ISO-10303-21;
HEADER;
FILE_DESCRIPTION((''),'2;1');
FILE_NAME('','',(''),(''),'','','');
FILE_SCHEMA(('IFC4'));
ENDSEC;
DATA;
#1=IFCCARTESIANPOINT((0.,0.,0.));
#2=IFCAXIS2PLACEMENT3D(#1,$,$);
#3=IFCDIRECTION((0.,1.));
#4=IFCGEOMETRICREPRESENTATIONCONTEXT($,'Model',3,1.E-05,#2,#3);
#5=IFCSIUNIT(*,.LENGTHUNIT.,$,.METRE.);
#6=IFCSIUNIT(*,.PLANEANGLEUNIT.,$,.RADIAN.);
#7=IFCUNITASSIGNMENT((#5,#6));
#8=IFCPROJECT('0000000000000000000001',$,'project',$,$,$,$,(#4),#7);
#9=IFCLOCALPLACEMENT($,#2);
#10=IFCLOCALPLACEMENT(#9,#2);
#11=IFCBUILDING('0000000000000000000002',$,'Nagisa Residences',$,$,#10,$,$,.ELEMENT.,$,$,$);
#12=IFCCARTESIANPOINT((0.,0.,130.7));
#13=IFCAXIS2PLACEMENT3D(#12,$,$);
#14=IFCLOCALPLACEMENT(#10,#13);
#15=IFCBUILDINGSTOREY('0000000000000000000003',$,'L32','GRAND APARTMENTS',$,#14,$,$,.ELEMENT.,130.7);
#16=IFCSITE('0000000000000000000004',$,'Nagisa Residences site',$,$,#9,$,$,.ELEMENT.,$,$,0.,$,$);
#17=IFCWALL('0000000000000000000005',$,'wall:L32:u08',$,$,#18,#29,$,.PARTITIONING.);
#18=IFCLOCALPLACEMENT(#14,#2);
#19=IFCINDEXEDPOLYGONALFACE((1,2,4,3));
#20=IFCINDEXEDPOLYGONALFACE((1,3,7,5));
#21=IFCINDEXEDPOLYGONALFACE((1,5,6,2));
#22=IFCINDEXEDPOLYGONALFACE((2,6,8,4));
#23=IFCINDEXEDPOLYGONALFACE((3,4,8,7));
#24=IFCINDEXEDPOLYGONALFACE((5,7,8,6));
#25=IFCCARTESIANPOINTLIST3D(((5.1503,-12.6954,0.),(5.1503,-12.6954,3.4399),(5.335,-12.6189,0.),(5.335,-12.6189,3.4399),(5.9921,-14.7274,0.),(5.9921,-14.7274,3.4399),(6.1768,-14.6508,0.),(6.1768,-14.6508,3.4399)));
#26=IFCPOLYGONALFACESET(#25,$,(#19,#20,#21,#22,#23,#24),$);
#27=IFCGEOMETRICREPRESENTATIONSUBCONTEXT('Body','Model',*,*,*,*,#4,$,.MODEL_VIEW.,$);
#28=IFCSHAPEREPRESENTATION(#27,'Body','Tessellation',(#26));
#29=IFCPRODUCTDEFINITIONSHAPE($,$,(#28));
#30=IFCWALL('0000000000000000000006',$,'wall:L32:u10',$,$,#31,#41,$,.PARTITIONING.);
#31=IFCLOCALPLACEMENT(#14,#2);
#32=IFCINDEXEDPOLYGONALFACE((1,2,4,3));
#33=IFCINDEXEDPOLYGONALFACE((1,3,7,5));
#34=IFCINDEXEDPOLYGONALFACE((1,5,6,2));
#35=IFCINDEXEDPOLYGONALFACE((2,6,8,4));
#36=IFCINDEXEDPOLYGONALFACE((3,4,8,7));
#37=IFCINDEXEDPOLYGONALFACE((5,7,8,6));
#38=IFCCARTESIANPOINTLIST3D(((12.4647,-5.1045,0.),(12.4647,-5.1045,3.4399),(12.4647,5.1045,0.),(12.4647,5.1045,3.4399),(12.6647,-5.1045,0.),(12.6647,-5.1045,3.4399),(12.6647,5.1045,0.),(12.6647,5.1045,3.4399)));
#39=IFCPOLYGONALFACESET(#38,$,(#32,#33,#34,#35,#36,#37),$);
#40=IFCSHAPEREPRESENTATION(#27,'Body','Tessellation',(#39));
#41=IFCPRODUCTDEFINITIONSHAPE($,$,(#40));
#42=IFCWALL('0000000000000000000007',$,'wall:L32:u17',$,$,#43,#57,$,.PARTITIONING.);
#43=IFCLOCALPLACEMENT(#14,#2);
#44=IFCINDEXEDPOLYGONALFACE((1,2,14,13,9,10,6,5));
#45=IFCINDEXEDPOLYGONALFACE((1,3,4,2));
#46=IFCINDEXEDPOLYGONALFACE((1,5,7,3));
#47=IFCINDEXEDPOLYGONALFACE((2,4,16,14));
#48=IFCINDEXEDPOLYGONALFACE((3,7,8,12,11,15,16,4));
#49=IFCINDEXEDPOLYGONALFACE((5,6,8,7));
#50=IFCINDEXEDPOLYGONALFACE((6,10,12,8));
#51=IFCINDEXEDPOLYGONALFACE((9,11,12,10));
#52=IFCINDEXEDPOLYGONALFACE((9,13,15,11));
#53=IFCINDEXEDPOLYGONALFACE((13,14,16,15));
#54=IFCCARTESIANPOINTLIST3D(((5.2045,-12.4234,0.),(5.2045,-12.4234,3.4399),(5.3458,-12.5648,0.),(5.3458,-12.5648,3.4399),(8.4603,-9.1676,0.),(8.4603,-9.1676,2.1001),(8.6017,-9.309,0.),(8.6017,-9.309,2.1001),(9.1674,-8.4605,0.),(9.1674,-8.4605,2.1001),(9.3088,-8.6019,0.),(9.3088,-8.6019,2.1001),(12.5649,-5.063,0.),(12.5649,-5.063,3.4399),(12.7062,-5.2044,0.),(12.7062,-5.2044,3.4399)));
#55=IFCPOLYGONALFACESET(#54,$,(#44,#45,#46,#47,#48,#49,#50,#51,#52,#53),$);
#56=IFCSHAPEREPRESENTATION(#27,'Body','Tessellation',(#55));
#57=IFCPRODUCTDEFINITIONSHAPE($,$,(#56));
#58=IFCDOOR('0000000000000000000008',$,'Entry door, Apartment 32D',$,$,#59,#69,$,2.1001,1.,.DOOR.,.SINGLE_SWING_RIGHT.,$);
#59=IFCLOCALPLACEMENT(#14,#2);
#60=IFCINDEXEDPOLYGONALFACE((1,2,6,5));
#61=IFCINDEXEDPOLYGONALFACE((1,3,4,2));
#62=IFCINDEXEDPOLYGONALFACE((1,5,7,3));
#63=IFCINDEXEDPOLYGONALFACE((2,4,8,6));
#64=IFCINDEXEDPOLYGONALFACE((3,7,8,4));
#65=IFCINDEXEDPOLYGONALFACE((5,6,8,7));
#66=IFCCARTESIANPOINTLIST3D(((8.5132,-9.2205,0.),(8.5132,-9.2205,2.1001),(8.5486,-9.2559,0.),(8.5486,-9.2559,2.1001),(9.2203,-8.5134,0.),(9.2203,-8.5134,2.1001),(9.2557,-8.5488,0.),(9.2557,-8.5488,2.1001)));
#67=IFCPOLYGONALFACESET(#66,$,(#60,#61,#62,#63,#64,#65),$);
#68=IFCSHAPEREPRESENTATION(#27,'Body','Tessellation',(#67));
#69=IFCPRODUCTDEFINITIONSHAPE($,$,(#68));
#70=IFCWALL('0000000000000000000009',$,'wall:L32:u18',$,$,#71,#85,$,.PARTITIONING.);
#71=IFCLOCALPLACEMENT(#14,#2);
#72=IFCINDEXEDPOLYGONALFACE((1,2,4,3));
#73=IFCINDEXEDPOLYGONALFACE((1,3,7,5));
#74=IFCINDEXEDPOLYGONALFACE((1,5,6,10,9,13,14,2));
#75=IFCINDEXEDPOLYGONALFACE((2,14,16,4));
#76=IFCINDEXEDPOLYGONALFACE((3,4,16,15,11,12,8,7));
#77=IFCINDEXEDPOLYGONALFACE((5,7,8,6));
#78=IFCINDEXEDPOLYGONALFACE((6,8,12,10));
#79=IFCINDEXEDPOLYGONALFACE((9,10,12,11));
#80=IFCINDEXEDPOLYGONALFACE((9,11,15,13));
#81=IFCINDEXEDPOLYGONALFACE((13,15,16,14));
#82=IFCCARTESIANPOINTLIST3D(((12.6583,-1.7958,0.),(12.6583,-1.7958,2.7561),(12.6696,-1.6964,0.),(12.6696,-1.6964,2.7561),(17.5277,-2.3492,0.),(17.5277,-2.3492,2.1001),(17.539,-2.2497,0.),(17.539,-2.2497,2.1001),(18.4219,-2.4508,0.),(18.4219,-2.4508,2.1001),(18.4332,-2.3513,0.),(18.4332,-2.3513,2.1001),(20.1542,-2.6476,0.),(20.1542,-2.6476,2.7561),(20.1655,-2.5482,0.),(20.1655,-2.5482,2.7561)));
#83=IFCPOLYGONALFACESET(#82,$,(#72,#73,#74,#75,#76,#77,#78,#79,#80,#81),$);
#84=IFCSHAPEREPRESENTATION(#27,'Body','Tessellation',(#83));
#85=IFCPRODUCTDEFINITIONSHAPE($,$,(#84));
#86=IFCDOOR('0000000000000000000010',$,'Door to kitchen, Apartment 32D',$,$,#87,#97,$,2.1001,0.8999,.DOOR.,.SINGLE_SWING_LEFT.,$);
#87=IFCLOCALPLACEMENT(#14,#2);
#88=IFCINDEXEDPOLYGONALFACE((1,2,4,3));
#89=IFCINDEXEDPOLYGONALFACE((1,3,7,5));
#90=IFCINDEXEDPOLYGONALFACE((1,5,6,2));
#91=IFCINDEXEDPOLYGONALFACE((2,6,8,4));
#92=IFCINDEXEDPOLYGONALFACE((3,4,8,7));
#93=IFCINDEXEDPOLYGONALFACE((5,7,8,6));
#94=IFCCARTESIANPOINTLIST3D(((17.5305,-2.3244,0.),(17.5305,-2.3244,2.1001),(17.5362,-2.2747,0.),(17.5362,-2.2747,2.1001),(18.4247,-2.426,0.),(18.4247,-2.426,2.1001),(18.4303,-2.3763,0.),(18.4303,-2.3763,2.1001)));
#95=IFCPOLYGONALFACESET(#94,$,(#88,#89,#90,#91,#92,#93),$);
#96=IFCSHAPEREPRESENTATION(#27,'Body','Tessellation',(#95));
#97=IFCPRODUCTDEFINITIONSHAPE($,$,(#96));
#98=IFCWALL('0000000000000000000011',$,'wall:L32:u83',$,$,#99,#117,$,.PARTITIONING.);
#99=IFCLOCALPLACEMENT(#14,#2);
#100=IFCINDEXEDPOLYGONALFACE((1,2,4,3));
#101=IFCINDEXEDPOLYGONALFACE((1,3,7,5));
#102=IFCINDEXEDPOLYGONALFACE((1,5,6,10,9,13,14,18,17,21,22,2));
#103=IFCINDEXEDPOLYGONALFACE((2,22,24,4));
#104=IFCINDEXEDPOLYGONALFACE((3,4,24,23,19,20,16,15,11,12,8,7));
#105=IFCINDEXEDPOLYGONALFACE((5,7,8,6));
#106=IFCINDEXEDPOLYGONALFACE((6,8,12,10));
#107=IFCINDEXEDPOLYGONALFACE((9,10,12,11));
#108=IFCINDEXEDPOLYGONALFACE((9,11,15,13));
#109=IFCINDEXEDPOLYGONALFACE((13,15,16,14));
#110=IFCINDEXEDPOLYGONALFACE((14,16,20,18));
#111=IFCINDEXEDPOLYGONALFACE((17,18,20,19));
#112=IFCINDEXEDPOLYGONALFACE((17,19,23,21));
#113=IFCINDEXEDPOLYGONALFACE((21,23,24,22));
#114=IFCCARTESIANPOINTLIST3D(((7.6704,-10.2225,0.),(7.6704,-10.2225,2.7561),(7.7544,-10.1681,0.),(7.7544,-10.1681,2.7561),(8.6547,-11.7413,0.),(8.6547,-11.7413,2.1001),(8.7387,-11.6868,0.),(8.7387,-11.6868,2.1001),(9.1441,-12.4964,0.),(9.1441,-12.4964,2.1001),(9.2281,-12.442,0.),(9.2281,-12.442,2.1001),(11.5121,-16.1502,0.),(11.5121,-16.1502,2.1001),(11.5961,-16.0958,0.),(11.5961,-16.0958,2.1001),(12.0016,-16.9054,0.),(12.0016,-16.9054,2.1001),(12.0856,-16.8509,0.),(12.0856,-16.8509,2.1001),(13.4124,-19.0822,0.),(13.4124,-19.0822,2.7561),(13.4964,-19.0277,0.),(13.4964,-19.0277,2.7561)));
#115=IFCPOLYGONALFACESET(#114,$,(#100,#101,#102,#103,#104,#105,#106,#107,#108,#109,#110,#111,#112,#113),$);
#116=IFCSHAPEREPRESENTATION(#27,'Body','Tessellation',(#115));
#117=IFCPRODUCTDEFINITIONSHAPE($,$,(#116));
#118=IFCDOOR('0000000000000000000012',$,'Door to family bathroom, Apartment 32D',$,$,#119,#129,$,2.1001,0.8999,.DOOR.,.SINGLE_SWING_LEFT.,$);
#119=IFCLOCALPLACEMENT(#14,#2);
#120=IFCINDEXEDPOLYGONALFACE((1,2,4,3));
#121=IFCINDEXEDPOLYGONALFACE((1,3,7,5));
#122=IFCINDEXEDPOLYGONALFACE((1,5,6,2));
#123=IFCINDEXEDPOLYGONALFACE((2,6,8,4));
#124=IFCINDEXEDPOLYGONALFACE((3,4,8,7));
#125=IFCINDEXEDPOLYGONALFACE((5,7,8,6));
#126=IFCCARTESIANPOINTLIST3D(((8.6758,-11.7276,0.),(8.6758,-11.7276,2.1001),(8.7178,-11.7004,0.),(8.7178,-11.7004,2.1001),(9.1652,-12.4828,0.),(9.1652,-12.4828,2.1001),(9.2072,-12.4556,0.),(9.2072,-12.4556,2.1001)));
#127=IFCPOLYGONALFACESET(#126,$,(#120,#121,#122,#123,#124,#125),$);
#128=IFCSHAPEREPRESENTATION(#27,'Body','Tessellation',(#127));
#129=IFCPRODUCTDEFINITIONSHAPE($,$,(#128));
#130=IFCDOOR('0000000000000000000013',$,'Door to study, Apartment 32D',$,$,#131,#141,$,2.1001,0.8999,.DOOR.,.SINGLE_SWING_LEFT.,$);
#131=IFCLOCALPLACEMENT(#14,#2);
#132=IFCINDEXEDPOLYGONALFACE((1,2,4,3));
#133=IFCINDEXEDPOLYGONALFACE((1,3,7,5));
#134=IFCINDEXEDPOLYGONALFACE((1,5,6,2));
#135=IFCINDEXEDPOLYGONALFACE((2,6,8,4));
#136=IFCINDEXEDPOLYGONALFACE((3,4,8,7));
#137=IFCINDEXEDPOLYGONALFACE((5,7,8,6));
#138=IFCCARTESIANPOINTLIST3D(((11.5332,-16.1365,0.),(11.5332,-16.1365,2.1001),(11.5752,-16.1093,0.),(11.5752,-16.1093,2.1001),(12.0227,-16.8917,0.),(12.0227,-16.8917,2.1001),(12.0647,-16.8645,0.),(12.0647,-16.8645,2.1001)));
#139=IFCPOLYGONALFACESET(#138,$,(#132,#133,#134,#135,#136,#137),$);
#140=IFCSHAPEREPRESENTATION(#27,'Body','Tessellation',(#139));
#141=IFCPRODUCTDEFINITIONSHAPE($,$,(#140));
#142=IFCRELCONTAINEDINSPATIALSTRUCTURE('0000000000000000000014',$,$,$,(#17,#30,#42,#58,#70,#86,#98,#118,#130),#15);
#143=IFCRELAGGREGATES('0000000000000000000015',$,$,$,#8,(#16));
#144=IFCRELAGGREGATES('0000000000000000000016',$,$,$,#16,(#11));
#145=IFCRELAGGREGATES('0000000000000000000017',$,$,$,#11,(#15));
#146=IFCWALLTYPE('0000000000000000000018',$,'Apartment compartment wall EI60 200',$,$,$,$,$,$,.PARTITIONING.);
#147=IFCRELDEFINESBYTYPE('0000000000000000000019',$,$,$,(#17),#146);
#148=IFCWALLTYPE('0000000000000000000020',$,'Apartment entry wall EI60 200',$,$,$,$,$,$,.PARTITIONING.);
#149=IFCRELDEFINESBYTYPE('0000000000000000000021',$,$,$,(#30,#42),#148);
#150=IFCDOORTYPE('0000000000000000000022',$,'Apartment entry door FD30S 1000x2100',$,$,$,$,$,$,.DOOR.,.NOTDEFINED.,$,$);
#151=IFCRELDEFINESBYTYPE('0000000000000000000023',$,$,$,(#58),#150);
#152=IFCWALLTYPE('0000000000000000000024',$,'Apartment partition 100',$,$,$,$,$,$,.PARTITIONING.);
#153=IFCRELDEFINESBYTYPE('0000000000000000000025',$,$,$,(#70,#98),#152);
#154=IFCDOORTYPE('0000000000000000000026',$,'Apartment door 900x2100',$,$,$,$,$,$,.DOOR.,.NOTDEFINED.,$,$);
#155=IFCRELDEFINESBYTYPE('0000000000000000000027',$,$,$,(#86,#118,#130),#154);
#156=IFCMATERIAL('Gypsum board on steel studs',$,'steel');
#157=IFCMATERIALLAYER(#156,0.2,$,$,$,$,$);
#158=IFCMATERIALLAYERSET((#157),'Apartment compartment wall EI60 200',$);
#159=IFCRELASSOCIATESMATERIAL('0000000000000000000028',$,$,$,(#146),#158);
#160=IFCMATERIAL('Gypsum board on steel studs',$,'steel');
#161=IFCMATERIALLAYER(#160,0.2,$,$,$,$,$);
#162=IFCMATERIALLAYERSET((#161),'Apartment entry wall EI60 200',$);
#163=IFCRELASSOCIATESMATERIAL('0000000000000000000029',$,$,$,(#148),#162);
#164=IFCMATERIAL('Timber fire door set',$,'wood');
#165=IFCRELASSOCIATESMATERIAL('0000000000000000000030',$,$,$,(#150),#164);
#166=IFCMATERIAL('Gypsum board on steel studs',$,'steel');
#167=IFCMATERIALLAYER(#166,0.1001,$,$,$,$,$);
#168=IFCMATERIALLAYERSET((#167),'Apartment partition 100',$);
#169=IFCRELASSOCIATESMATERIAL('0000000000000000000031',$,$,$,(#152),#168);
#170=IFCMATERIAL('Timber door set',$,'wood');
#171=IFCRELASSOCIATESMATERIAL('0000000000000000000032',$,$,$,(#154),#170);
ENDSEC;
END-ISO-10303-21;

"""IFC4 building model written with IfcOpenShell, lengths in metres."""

from ifc_helpers import new_model, si_unit, direction, frame, frame_2d, origin, place, context, subcontext, project, spatial, rectangle, extrude, material, layer, layer_set, type_object, element, fill, save


model = new_model("IFC4")

# Units and contexts
model_context = context("Model", 3, precision=1e-05, world=origin(), true_north=direction((0.0, 1.0)))
body_context = subcontext(model_context, "Body", "Model", "MODEL_VIEW")
ifc_project = project(units=[si_unit("LENGTHUNIT", "METRE"), si_unit("PLANEANGLEUNIT", "RADIAN")], contexts=[model_context])

# Site, building, storey
site_placement = place(None, origin())
site = spatial("IfcSite", under=ifc_project, at=site_placement, Name="Nagisa Residences site", CompositionType="ELEMENT", RefElevation=0.0)
building_placement = place(site_placement, origin())
building = spatial("IfcBuilding", under=site, at=building_placement, Name="Nagisa Residences", CompositionType="ELEMENT")
storey_placement = place(building_placement, frame((0.0, 0.0, 130.7)))
storey = spatial("IfcBuildingStorey", under=building, at=storey_placement, Name="L32", Description="GRAND APARTMENTS", CompositionType="ELEMENT", Elevation=130.7)

# Walls
ifc_material_1 = material(Name="Gypsum board on steel studs", Category="steel")
ifc_layer_1 = layer(ifc_material_1, 0.2)
ifc_layer_set_1 = layer_set([ifc_layer_1], Name="Apartment compartment wall EI60 200")
wall_type_1 = type_object("IfcWallType", Name="Apartment compartment wall EI60 200", PredefinedType="PARTITIONING", material=ifc_layer_set_1)
wall_1_placement = place(storey_placement, frame((5.2427, -12.6572, 0.0), z_axis=(0.0, 0.0, 1.0), x_axis=(0.382731, -0.92386, 0.0)))
element("IfcWall", 1, at=wall_1_placement, inside=storey, type_object=wall_type_1, Name="wall:L32:u08", PredefinedType="PARTITIONING", context=body_context, shape_type="SweptSolid", body=[
    extrude(rectangle(XDim=2.1995, YDim=0.2, at=frame_2d((1.0996, 0.0))), origin(), (0.0, 0.0, 1.0), 3.4399),
])
ifc_material_2 = material(Name="Gypsum board on steel studs", Category="steel")
ifc_layer_2 = layer(ifc_material_2, 0.2)
ifc_layer_set_2 = layer_set([ifc_layer_2], Name="Apartment entry wall EI60 200")
wall_type_2 = type_object("IfcWallType", Name="Apartment entry wall EI60 200", PredefinedType="PARTITIONING", material=ifc_layer_set_2)
wall_2_placement = place(storey_placement, frame((12.5647, -5.1045, 0.0), z_axis=(0.0, 0.0, 1.0), x_axis=(0.0, 1.0, 0.0)))
element("IfcWall", 2, at=wall_2_placement, inside=storey, type_object=wall_type_2, Name="wall:L32:u10", PredefinedType="PARTITIONING", context=body_context, shape_type="SweptSolid", body=[
    extrude(rectangle(XDim=10.209, YDim=0.2, at=frame_2d((5.1045, 0.0))), origin(), (0.0, 0.0, 1.0), 3.4399),
])

# Walls, openings, doors
wall_3_placement = place(storey_placement, frame((5.2751, -12.4941, 0.0), z_axis=(0.0, 0.0, 1.0), x_axis=(0.707107, 0.707107, 0.0)))
wall_3 = element("IfcWall", 3, at=wall_3_placement, inside=storey, type_object=wall_type_2, Name="wall:L32:u17", PredefinedType="PARTITIONING", context=body_context, shape_type="SweptSolid", body=[
    extrude(rectangle(XDim=10.4092, YDim=0.2, at=frame_2d((5.2046, 0.0))), origin(), (0.0, 0.0, 1.0), 3.4399),
])
opening_1_placement = place(wall_3_placement, frame((4.6045, 0.0, 0.0)))
opening_1 = element("IfcOpeningElement", 4, at=opening_1_placement, cuts=wall_3, PredefinedType="OPENING", context=body_context, shape_type="SweptSolid", body=[
    extrude(rectangle(XDim=1.0, YDim=2.1001, at=frame_2d((0.5, 1.05))), frame((0.0, 0.1099, 0.0), z_axis=(0.0, -1.0, 0.0), x_axis=(1.0, 0.0, 0.0)), (0.0, 0.0, 1.0), 0.22),
])
ifc_material_3 = material(Name="Timber fire door set", Category="wood")
door_type_1 = type_object("IfcDoorType", Name="Apartment entry door FD30S 1000x2100", OperationType="NOTDEFINED", PredefinedType="DOOR", material=ifc_material_3)
door_1_placement = place(opening_1_placement, frame((1.0, 0.0, 0.0), x_axis=(-1.0, 0.0, 0.0)))
door_1 = element("IfcDoor", 5, at=door_1_placement, inside=storey, type_object=door_type_1, Name="Entry door, Apartment 32D", OperationType="SINGLE_SWING_RIGHT", OverallHeight=2.1001, OverallWidth=1.0, PredefinedType="DOOR", context=body_context, shape_type="SweptSolid", body=[
    extrude(rectangle(XDim=1.0, YDim=2.1001, at=frame_2d((0.5, 1.05))), frame((0.0, 0.0249, 0.0), z_axis=(0.0, -1.0, 0.0), x_axis=(1.0, 0.0, 0.0)), (0.0, 0.0, 1.0), 0.05),
])
fill(opening_1, door_1)
ifc_material_4 = material(Name="Gypsum board on steel studs", Category="steel")
ifc_layer_3 = layer(ifc_material_4, 0.1001)
ifc_layer_set_3 = layer_set([ifc_layer_3], Name="Apartment partition 100")
wall_type_3 = type_object("IfcWallType", Name="Apartment partition 100", PredefinedType="PARTITIONING", material=ifc_layer_set_3)
wall_4_placement = place(storey_placement, frame((12.6641, -1.7461, 0.0), z_axis=(0.0, 0.0, 1.0), x_axis=(0.993605, -0.11291, 0.0)))
wall_4 = element("IfcWall", 6, at=wall_4_placement, inside=storey, type_object=wall_type_3, Name="wall:L32:u18", PredefinedType="PARTITIONING", context=body_context, shape_type="SweptSolid", body=[
    extrude(rectangle(XDim=7.5442, YDim=0.1001, at=frame_2d((3.772, 0.0))), origin(), (0.0, 0.0, 1.0), 2.7561),
])
opening_2_placement = place(wall_4_placement, frame((4.9006, 0.0, 0.0)))
opening_2 = element("IfcOpeningElement", 7, at=opening_2_placement, cuts=wall_4, PredefinedType="OPENING", context=body_context, shape_type="SweptSolid", body=[
    extrude(rectangle(XDim=0.8999, YDim=2.1001, at=frame_2d((0.45, 1.05))), frame((0.0, 0.0601, 0.0), z_axis=(0.0, -1.0, 0.0), x_axis=(1.0, 0.0, 0.0)), (0.0, 0.0, 1.0), 0.1201),
])
ifc_material_5 = material(Name="Timber door set", Category="wood")
door_type_2 = type_object("IfcDoorType", Name="Apartment door 900x2100", OperationType="NOTDEFINED", PredefinedType="DOOR", material=ifc_material_5)
door_2_placement = place(opening_2_placement, origin())
door_2 = element("IfcDoor", 8, at=door_2_placement, inside=storey, type_object=door_type_2, Name="Door to kitchen, Apartment 32D", OperationType="SINGLE_SWING_LEFT", OverallHeight=2.1001, OverallWidth=0.8999, PredefinedType="DOOR", context=body_context, shape_type="SweptSolid", body=[
    extrude(rectangle(XDim=0.8999, YDim=2.1001, at=frame_2d((0.45, 1.05))), frame((0.0, 0.0249, 0.0), z_axis=(0.0, -1.0, 0.0), x_axis=(1.0, 0.0, 0.0)), (0.0, 0.0, 1.0), 0.05),
])
fill(opening_2, door_2)

# Wall, openings, doors
wall_5_placement = place(storey_placement, frame((7.7124, -10.1953, 0.0), z_axis=(0.0, 0.0, 1.0), x_axis=(0.543869, -0.83917, 0.0)))
wall_5 = element("IfcWall", 9, at=wall_5_placement, inside=storey, type_object=wall_type_3, Name="wall:L32:u83", PredefinedType="PARTITIONING", context=body_context, shape_type="SweptSolid", body=[
    extrude(rectangle(XDim=10.5576, YDim=0.1001, at=frame_2d((5.2788, 0.0))), origin(), (0.0, 0.0, 1.0), 2.7561),
])
opening_3_placement = place(wall_5_placement, frame((1.8098, 0.0, 0.0)))
opening_3 = element("IfcOpeningElement", 10, at=opening_3_placement, cuts=wall_5, PredefinedType="OPENING", context=body_context, shape_type="SweptSolid", body=[
    extrude(rectangle(XDim=0.8999, YDim=2.1001, at=frame_2d((0.45, 1.05))), frame((0.0, 0.0601, 0.0), z_axis=(0.0, -1.0, 0.0), x_axis=(1.0, 0.0, 0.0)), (0.0, 0.0, 1.0), 0.1201),
])
opening_4_placement = place(wall_5_placement, frame((7.0637, 0.0, 0.0)))
opening_4 = element("IfcOpeningElement", 11, at=opening_4_placement, cuts=wall_5, PredefinedType="OPENING", context=body_context, shape_type="SweptSolid", body=[
    extrude(rectangle(XDim=0.8999, YDim=2.1001, at=frame_2d((0.45, 1.05))), frame((0.0, 0.0601, 0.0), z_axis=(0.0, -1.0, 0.0), x_axis=(1.0, 0.0, 0.0)), (0.0, 0.0, 1.0), 0.1201),
])
door_3_placement = place(opening_3_placement, frame((0.8999, 0.0, 0.0), x_axis=(-1.0, 0.0, 0.0)))
door_3 = element("IfcDoor", 12, at=door_3_placement, inside=storey, type_object=door_type_2, Name="Door to family bathroom, Apartment 32D", OperationType="SINGLE_SWING_LEFT", OverallHeight=2.1001, OverallWidth=0.8999, PredefinedType="DOOR", context=body_context, shape_type="SweptSolid", body=[
    extrude(rectangle(XDim=0.8999, YDim=2.1001, at=frame_2d((0.45, 1.05))), frame((0.0, 0.0249, 0.0), z_axis=(0.0, -1.0, 0.0), x_axis=(1.0, 0.0, 0.0)), (0.0, 0.0, 1.0), 0.05),
])
fill(opening_3, door_3)
door_4_placement = place(opening_4_placement, frame((0.8999, 0.0, 0.0), x_axis=(-1.0, 0.0, 0.0)))
door_4 = element("IfcDoor", 13, at=door_4_placement, inside=storey, type_object=door_type_2, Name="Door to study, Apartment 32D", OperationType="SINGLE_SWING_LEFT", OverallHeight=2.1001, OverallWidth=0.8999, PredefinedType="DOOR", context=body_context, shape_type="SweptSolid", body=[
    extrude(rectangle(XDim=0.8999, YDim=2.1001, at=frame_2d((0.45, 1.05))), frame((0.0, 0.0249, 0.0), z_axis=(0.0, -1.0, 0.0), x_axis=(1.0, 0.0, 0.0)), (0.0, 0.0, 1.0), 0.05),
])
fill(opening_4, door_4)

save(model, "model.ifc")
